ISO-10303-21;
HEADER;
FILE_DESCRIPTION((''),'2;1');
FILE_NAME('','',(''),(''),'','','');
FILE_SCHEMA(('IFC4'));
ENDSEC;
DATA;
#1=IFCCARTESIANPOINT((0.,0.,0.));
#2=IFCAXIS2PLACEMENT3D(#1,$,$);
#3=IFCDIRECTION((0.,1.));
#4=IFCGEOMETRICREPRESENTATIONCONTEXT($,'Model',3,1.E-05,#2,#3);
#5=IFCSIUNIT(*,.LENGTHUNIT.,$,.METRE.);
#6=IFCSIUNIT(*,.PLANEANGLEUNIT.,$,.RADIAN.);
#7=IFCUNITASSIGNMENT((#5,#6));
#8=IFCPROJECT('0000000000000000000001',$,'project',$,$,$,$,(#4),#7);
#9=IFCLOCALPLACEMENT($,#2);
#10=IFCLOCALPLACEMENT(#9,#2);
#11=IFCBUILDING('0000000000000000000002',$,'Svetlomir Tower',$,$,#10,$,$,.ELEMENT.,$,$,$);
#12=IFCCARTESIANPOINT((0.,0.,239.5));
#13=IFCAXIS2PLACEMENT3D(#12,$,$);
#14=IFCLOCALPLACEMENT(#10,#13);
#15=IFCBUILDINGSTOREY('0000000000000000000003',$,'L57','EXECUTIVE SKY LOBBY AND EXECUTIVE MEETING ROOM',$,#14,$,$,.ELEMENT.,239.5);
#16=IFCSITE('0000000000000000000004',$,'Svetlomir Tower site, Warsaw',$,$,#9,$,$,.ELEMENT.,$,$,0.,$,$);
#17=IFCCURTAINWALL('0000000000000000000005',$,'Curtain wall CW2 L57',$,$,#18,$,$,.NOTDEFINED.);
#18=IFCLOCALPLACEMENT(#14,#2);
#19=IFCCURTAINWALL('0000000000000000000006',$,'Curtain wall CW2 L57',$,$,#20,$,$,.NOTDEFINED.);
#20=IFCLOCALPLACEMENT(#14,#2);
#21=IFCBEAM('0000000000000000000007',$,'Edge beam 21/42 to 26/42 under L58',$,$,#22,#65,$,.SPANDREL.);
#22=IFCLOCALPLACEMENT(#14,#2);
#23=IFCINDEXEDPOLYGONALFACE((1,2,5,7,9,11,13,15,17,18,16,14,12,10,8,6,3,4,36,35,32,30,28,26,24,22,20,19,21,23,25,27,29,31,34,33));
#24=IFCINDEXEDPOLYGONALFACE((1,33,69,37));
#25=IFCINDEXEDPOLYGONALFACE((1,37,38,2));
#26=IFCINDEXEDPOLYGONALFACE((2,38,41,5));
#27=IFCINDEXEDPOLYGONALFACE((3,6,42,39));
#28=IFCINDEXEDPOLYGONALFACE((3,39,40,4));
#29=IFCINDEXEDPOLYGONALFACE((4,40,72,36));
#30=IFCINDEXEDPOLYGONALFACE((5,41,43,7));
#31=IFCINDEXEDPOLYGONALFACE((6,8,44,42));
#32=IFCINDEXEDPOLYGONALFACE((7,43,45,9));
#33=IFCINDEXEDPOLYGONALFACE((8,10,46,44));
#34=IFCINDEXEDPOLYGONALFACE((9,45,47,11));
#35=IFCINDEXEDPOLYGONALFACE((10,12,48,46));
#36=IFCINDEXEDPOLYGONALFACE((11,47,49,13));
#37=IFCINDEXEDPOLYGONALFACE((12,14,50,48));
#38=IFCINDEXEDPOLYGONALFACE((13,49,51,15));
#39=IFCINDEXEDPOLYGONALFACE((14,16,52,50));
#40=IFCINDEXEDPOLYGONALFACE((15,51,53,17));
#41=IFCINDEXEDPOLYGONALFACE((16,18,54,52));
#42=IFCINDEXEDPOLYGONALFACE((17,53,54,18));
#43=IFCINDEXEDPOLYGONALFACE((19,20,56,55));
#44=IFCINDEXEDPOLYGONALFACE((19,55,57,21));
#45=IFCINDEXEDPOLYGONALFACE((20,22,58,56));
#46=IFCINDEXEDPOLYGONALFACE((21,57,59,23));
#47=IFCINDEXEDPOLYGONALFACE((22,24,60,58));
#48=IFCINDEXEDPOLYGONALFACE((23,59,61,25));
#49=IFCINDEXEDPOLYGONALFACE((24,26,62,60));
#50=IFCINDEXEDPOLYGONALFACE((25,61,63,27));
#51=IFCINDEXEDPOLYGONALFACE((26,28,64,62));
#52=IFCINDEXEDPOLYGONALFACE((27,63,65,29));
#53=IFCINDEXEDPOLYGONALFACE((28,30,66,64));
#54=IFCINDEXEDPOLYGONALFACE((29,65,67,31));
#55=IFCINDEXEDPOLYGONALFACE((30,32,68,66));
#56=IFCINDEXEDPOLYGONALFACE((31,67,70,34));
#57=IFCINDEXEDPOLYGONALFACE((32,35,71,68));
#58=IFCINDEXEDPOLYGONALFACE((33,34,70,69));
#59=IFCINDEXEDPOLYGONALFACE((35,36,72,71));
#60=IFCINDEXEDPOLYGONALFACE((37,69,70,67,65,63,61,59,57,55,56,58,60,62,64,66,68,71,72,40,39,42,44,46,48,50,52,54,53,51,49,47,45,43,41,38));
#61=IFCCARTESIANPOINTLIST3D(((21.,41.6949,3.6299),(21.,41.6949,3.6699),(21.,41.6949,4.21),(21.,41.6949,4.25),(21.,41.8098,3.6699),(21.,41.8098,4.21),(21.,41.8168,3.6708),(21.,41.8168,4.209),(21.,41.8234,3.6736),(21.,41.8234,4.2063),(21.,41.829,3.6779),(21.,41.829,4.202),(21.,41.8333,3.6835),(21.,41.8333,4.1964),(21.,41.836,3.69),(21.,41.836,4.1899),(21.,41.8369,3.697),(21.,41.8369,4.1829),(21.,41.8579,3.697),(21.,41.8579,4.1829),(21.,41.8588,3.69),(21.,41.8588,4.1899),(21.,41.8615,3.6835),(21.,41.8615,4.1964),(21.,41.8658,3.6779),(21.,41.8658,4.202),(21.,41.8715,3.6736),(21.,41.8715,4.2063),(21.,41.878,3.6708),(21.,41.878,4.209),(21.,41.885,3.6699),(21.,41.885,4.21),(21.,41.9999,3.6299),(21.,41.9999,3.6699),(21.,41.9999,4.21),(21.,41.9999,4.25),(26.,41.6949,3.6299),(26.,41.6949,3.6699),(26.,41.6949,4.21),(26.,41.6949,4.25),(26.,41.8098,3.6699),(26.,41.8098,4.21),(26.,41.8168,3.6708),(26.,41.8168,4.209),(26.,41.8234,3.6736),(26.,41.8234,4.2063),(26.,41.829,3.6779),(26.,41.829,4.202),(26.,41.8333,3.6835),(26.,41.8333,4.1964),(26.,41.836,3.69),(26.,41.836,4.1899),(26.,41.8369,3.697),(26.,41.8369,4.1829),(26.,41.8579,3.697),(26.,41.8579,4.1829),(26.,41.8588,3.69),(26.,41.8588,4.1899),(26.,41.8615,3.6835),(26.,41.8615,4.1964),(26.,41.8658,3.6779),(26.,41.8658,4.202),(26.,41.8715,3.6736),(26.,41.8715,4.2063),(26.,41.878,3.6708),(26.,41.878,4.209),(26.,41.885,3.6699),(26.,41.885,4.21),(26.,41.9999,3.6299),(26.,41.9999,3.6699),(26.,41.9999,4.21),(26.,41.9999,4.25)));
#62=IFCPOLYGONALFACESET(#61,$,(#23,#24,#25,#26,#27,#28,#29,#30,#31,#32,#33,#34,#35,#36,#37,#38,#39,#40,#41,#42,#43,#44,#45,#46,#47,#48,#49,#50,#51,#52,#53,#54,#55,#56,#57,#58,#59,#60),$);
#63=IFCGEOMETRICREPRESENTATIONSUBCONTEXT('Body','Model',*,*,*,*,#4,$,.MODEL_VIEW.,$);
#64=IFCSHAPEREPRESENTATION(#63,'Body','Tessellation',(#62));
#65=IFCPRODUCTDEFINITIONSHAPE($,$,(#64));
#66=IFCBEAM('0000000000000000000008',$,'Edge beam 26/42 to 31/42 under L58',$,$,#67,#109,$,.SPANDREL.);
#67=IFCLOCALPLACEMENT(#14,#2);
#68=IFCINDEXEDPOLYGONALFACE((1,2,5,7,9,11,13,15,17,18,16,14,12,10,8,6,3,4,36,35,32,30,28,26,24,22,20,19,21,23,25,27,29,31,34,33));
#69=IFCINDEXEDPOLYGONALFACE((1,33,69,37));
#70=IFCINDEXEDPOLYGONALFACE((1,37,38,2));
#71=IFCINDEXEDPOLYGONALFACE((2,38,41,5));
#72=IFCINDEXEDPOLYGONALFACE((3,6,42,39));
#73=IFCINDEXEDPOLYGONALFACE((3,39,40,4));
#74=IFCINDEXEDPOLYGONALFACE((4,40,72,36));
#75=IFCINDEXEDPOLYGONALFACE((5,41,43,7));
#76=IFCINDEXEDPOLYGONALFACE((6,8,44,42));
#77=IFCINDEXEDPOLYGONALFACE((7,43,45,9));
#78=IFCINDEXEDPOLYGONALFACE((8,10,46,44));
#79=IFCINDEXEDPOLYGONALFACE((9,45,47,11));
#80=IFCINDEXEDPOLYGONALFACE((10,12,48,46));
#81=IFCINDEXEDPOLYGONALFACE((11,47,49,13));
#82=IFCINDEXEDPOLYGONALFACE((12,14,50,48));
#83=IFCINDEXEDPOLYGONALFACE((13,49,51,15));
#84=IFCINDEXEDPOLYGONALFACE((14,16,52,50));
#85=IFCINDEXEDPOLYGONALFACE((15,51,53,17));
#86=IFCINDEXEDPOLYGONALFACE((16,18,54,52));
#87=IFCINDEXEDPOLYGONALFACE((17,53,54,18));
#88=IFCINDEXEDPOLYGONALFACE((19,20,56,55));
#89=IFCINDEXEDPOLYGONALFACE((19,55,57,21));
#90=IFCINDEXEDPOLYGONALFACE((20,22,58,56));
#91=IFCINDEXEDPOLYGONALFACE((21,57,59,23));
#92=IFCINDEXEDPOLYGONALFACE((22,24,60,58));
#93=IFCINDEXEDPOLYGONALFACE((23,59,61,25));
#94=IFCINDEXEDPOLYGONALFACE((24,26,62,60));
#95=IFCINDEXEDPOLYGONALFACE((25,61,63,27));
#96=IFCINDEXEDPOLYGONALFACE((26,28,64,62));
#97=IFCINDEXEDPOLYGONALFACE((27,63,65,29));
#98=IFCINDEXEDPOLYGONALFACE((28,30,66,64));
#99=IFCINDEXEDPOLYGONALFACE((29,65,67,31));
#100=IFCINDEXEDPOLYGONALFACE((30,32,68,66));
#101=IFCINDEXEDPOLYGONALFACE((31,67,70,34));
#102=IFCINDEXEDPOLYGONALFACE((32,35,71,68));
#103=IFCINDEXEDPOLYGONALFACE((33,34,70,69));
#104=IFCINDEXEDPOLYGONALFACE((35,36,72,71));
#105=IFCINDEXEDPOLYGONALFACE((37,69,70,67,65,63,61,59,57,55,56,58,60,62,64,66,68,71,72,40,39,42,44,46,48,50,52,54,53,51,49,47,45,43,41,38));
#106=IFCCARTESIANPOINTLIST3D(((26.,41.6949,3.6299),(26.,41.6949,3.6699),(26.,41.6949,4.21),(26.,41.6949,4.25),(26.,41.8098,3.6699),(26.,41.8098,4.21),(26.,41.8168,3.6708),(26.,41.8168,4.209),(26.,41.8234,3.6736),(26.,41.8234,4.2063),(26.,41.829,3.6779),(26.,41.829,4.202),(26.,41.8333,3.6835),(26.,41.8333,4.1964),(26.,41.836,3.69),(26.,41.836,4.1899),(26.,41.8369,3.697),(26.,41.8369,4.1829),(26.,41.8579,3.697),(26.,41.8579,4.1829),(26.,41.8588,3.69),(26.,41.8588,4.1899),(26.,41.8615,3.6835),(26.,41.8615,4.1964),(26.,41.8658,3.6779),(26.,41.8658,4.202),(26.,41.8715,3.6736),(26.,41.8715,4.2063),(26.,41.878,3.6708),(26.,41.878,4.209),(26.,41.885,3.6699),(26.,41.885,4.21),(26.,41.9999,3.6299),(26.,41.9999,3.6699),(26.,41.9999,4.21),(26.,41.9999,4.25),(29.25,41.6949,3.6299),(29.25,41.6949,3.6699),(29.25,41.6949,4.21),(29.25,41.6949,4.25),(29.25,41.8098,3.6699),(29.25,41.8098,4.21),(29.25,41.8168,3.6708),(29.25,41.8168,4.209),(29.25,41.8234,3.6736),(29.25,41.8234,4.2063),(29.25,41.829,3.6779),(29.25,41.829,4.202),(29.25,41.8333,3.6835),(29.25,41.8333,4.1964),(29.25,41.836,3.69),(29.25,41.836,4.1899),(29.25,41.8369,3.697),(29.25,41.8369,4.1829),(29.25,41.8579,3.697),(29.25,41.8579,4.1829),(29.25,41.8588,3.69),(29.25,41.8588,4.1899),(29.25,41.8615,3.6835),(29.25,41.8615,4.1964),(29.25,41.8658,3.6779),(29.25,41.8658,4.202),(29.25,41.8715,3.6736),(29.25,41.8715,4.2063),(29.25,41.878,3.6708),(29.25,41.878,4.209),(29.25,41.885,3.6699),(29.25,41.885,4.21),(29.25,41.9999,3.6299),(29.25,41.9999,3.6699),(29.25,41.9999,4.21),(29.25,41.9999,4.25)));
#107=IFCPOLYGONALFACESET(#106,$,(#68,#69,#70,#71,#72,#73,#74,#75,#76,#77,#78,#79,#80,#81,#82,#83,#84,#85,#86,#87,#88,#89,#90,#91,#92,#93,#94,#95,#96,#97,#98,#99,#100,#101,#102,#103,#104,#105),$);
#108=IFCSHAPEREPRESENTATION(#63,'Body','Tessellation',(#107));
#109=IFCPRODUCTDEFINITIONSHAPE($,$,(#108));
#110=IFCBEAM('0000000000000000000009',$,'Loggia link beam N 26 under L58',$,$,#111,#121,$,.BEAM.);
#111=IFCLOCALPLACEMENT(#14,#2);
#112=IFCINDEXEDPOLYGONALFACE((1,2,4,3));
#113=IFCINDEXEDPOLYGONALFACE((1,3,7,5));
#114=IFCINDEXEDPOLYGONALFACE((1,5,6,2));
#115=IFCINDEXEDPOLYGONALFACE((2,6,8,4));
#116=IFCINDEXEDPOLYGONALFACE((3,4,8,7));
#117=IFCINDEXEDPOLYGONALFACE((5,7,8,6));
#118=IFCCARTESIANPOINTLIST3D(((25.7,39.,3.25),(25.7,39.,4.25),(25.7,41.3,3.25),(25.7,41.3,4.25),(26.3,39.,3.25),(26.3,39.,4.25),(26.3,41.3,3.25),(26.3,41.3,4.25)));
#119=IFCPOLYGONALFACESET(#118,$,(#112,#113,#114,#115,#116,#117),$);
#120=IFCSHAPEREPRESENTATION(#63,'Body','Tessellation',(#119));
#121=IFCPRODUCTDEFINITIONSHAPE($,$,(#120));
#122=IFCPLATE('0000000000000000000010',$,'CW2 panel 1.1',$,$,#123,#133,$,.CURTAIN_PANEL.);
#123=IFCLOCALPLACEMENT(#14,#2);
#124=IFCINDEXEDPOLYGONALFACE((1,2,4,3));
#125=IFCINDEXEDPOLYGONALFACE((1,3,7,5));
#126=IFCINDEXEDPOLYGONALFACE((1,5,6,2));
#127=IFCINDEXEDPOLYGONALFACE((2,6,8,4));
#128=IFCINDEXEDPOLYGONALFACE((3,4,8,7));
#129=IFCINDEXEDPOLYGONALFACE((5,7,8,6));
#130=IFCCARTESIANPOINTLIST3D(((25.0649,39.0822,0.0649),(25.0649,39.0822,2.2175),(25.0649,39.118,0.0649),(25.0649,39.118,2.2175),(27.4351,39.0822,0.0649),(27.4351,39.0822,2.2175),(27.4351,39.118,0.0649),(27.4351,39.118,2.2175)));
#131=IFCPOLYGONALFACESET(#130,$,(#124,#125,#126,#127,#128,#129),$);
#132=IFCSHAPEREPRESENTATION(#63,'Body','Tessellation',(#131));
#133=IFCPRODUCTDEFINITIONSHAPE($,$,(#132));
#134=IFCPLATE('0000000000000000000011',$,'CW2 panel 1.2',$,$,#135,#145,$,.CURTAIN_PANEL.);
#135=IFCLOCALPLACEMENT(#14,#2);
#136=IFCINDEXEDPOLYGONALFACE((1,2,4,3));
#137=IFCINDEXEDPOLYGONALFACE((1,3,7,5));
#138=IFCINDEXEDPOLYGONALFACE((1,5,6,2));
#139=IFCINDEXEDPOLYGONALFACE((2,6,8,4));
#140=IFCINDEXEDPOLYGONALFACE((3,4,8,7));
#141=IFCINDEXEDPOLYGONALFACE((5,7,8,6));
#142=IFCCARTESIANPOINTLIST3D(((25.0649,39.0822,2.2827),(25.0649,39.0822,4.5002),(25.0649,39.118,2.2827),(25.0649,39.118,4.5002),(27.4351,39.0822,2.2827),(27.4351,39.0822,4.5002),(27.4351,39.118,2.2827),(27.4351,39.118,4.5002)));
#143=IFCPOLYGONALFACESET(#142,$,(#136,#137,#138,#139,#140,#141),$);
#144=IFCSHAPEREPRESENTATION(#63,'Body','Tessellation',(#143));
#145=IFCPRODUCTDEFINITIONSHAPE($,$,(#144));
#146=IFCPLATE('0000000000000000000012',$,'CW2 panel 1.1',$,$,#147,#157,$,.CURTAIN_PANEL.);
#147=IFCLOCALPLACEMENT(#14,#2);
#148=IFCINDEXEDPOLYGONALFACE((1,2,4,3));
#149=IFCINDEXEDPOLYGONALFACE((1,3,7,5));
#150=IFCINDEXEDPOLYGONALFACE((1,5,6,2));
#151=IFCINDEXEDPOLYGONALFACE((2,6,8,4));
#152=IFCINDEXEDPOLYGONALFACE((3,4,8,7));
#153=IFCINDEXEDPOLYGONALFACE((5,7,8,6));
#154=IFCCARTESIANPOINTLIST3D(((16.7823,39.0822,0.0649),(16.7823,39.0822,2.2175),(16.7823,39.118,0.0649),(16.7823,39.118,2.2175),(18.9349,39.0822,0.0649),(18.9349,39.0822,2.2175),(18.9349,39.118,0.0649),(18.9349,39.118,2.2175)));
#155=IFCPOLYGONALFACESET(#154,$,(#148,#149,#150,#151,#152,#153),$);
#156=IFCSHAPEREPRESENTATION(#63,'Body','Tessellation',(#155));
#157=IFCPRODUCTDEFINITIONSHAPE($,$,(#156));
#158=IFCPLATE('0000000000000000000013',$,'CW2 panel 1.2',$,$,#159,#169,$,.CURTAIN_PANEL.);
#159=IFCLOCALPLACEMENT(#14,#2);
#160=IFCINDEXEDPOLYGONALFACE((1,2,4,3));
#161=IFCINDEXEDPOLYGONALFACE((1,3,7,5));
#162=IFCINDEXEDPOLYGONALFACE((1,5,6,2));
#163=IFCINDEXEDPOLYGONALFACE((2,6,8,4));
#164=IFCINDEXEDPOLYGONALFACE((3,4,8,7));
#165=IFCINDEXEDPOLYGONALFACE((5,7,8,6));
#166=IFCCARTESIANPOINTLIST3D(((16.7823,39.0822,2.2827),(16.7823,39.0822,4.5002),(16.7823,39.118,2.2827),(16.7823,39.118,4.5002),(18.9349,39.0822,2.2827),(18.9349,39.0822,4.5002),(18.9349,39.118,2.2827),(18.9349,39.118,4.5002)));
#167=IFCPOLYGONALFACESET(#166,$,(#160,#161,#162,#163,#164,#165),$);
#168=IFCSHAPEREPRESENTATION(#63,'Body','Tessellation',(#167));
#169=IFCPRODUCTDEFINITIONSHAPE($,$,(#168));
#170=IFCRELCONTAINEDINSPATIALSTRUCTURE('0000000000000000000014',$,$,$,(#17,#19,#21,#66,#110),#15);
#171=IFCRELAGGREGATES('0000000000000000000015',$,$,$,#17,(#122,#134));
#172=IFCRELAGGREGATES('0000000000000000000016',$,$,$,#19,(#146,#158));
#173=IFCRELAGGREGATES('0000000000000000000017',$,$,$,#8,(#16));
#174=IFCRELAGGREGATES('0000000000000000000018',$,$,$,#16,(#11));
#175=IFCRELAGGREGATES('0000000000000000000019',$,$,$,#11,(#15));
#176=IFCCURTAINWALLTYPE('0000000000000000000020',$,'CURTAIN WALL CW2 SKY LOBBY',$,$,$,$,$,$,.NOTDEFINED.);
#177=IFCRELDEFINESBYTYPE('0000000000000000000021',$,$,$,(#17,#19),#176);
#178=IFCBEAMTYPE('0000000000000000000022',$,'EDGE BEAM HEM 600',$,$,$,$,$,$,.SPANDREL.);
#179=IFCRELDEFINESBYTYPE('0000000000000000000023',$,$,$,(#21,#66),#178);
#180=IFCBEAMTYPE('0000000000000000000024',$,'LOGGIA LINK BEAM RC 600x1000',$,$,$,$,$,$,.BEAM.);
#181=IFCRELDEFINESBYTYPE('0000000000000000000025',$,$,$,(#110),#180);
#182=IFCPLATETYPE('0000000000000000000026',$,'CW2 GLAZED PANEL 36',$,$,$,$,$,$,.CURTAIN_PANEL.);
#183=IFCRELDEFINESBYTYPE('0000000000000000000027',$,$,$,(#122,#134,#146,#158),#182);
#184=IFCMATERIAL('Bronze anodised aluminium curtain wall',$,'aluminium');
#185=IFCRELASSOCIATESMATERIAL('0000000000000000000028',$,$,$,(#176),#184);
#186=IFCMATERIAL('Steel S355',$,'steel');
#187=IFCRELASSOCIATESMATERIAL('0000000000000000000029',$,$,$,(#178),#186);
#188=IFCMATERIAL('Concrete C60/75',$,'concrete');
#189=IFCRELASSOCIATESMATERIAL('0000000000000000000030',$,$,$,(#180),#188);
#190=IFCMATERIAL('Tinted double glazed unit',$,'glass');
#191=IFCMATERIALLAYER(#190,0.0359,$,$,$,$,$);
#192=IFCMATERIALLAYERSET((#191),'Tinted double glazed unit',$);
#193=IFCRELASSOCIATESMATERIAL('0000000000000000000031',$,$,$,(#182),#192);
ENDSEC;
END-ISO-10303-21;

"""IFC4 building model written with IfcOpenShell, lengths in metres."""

from ifc_helpers import new_model, si_unit, direction, frame, origin, origin_2d, place, context, subcontext, project, spatial, rectangle, i_section, extrude, material, layer, layer_set, material_profile, profile_set, type_object, element, aggregate, save


model = new_model("IFC4")

# Units and contexts
model_context = context("Model", 3, precision=1e-05, world=origin(), true_north=direction((0.0, 1.0)))
body_context = subcontext(model_context, "Body", "Model", "MODEL_VIEW")
ifc_project = project(units=[si_unit("LENGTHUNIT", "METRE"), si_unit("PLANEANGLEUNIT", "RADIAN")], contexts=[model_context])

# Site, building, storey
site_placement = place(None, origin())
site = spatial("IfcSite", under=ifc_project, at=site_placement, Name="Svetlomir Tower site, Warsaw", CompositionType="ELEMENT", RefElevation=0.0)
building_placement = place(site_placement, origin())
building = spatial("IfcBuilding", under=site, at=building_placement, Name="Svetlomir Tower", CompositionType="ELEMENT")
storey_placement = place(building_placement, frame((0.0, 0.0, 239.5)))
storey = spatial("IfcBuildingStorey", under=building, at=storey_placement, Name="L57", Description="EXECUTIVE SKY LOBBY AND EXECUTIVE MEETING ROOM", CompositionType="ELEMENT", Elevation=239.5)

# Curtain walls
ifc_material_1 = material(Name="Bronze anodised aluminium curtain wall", Category="aluminium")
curtain_wall_type = type_object("IfcCurtainWallType", Name="CURTAIN WALL CW2 SKY LOBBY", PredefinedType="NOTDEFINED", material=ifc_material_1)
curtain_wall_1_placement = place(storey_placement, origin())
curtain_wall_1 = element("IfcCurtainWall", 1, at=curtain_wall_1_placement, inside=storey, type_object=curtain_wall_type, Name="Curtain wall CW2 L57", PredefinedType="NOTDEFINED")
curtain_wall_2_placement = place(storey_placement, origin())
curtain_wall_2 = element("IfcCurtainWall", 2, at=curtain_wall_2_placement, inside=storey, type_object=curtain_wall_type, Name="Curtain wall CW2 L57", PredefinedType="NOTDEFINED")

# Beams
ifc_material_2 = material(Name="Steel S355", Category="steel")
ifc_material_profile_1 = material_profile(ifc_material_2, i_section(OverallWidth=0.3049, OverallDepth=0.6201, WebThickness=0.021, FlangeThickness=0.04, FilletRadius=0.0271, at=origin_2d()), Name="HEM 600")
ifc_profile_set_1 = profile_set([ifc_material_profile_1], Name="Steel S355")
beam_type_1 = type_object("IfcBeamType", Name="EDGE BEAM HEM 600", PredefinedType="SPANDREL", material=ifc_profile_set_1)
beam_1_placement = place(storey_placement, frame((21.0, 41.8474, 3.9399), z_axis=(1.0, 0.0, 0.0), x_axis=(0.0, 1.0, 0.0)))
element("IfcBeam", 3, at=beam_1_placement, inside=storey, type_object=beam_type_1, Name="Edge beam 21/42 to 26/42 under L58", PredefinedType="SPANDREL", context=body_context, shape_type="SweptSolid", body=[
    extrude(i_section(OverallWidth=0.3049, OverallDepth=0.6201, WebThickness=0.021, FlangeThickness=0.04, FilletRadius=0.0271, at=origin_2d()), origin(), (0.0, 0.0, 1.0), 5.0),
])
beam_2_placement = place(storey_placement, frame((26.0, 41.8474, 3.9399), z_axis=(1.0, 0.0, 0.0), x_axis=(0.0, 1.0, 0.0)))
element("IfcBeam", 4, at=beam_2_placement, inside=storey, type_object=beam_type_1, Name="Edge beam 26/42 to 31/42 under L58", PredefinedType="SPANDREL", context=body_context, shape_type="SweptSolid", body=[
    extrude(i_section(OverallWidth=0.3049, OverallDepth=0.6201, WebThickness=0.021, FlangeThickness=0.04, FilletRadius=0.0271, at=origin_2d()), origin(), (0.0, 0.0, 1.0), 3.25),
])
ifc_material_3 = material(Name="Concrete C60/75", Category="concrete")
ifc_material_profile_2 = material_profile(ifc_material_3, rectangle(XDim=0.6001, YDim=1.0, at=origin_2d()), Name="RC 600x1000")
ifc_profile_set_2 = profile_set([ifc_material_profile_2], Name="Concrete C60/75")
beam_type_2 = type_object("IfcBeamType", Name="LOGGIA LINK BEAM RC 600x1000", PredefinedType="BEAM", material=ifc_profile_set_2)
beam_3_placement = place(storey_placement, frame((26.0, 41.3, 3.75), z_axis=(0.0, -1.0, 0.0), x_axis=(1.0, 0.0, 0.0)))
element("IfcBeam", 5, at=beam_3_placement, inside=storey, type_object=beam_type_2, Name="Loggia link beam N 26 under L58", PredefinedType="BEAM", context=body_context, shape_type="SweptSolid", body=[
    extrude(rectangle(XDim=0.6001, YDim=1.0, at=origin_2d()), origin(), (0.0, 0.0, 1.0), 2.3),
])

# Plates
ifc_material_4 = material(Name="Tinted double glazed unit", Category="glass")
ifc_layer_1 = layer(ifc_material_4, 0.0359)
ifc_layer_set_1 = layer_set([ifc_layer_1], Name="Tinted double glazed unit")
plate_type = type_object("IfcPlateType", Name="CW2 GLAZED PANEL 36", PredefinedType="CURTAIN_PANEL", material=ifc_layer_set_1)
plate_1_placement = place(storey_placement, frame((26.25, 39.1001, 0.0649), z_axis=(0.0, 0.0, 1.0), x_axis=(-1.0, 0.0, 0.0)))
plate_1 = element("IfcPlate", 6, at=plate_1_placement, type_object=plate_type, Name="CW2 panel 1.1", PredefinedType="CURTAIN_PANEL", context=body_context, shape_type="SweptSolid", body=[
    extrude(rectangle(XDim=2.3701, YDim=0.0359, at=origin_2d()), origin(), (0.0, 0.0, 1.0), 2.1526),
])
plate_2_placement = place(storey_placement, frame((26.25, 39.1001, 2.2827), z_axis=(0.0, 0.0, 1.0), x_axis=(-1.0, 0.0, 0.0)))
plate_2 = element("IfcPlate", 7, at=plate_2_placement, type_object=plate_type, Name="CW2 panel 1.2", PredefinedType="CURTAIN_PANEL", context=body_context, shape_type="SweptSolid", body=[
    extrude(rectangle(XDim=2.3701, YDim=0.0359, at=origin_2d()), origin(), (0.0, 0.0, 1.0), 2.2175),
])
aggregate(curtain_wall_1, [plate_1, plate_2])
plate_3_placement = place(storey_placement, frame((17.8586, 39.1001, 0.0649), z_axis=(0.0, 0.0, 1.0), x_axis=(-1.0, 0.0, 0.0)))
plate_3 = element("IfcPlate", 8, at=plate_3_placement, type_object=plate_type, Name="CW2 panel 1.1", PredefinedType="CURTAIN_PANEL", context=body_context, shape_type="SweptSolid", body=[
    extrude(rectangle(XDim=2.1526, YDim=0.0359, at=origin_2d()), origin(), (0.0, 0.0, 1.0), 2.1526),
])
plate_4_placement = place(storey_placement, frame((17.8586, 39.1001, 2.2827), z_axis=(0.0, 0.0, 1.0), x_axis=(-1.0, 0.0, 0.0)))
plate_4 = element("IfcPlate", 9, at=plate_4_placement, type_object=plate_type, Name="CW2 panel 1.2", PredefinedType="CURTAIN_PANEL", context=body_context, shape_type="SweptSolid", body=[
    extrude(rectangle(XDim=2.1526, YDim=0.0359, at=origin_2d()), origin(), (0.0, 0.0, 1.0), 2.2175),
])
aggregate(curtain_wall_2, [plate_3, plate_4])

save(model, "model.ifc")
